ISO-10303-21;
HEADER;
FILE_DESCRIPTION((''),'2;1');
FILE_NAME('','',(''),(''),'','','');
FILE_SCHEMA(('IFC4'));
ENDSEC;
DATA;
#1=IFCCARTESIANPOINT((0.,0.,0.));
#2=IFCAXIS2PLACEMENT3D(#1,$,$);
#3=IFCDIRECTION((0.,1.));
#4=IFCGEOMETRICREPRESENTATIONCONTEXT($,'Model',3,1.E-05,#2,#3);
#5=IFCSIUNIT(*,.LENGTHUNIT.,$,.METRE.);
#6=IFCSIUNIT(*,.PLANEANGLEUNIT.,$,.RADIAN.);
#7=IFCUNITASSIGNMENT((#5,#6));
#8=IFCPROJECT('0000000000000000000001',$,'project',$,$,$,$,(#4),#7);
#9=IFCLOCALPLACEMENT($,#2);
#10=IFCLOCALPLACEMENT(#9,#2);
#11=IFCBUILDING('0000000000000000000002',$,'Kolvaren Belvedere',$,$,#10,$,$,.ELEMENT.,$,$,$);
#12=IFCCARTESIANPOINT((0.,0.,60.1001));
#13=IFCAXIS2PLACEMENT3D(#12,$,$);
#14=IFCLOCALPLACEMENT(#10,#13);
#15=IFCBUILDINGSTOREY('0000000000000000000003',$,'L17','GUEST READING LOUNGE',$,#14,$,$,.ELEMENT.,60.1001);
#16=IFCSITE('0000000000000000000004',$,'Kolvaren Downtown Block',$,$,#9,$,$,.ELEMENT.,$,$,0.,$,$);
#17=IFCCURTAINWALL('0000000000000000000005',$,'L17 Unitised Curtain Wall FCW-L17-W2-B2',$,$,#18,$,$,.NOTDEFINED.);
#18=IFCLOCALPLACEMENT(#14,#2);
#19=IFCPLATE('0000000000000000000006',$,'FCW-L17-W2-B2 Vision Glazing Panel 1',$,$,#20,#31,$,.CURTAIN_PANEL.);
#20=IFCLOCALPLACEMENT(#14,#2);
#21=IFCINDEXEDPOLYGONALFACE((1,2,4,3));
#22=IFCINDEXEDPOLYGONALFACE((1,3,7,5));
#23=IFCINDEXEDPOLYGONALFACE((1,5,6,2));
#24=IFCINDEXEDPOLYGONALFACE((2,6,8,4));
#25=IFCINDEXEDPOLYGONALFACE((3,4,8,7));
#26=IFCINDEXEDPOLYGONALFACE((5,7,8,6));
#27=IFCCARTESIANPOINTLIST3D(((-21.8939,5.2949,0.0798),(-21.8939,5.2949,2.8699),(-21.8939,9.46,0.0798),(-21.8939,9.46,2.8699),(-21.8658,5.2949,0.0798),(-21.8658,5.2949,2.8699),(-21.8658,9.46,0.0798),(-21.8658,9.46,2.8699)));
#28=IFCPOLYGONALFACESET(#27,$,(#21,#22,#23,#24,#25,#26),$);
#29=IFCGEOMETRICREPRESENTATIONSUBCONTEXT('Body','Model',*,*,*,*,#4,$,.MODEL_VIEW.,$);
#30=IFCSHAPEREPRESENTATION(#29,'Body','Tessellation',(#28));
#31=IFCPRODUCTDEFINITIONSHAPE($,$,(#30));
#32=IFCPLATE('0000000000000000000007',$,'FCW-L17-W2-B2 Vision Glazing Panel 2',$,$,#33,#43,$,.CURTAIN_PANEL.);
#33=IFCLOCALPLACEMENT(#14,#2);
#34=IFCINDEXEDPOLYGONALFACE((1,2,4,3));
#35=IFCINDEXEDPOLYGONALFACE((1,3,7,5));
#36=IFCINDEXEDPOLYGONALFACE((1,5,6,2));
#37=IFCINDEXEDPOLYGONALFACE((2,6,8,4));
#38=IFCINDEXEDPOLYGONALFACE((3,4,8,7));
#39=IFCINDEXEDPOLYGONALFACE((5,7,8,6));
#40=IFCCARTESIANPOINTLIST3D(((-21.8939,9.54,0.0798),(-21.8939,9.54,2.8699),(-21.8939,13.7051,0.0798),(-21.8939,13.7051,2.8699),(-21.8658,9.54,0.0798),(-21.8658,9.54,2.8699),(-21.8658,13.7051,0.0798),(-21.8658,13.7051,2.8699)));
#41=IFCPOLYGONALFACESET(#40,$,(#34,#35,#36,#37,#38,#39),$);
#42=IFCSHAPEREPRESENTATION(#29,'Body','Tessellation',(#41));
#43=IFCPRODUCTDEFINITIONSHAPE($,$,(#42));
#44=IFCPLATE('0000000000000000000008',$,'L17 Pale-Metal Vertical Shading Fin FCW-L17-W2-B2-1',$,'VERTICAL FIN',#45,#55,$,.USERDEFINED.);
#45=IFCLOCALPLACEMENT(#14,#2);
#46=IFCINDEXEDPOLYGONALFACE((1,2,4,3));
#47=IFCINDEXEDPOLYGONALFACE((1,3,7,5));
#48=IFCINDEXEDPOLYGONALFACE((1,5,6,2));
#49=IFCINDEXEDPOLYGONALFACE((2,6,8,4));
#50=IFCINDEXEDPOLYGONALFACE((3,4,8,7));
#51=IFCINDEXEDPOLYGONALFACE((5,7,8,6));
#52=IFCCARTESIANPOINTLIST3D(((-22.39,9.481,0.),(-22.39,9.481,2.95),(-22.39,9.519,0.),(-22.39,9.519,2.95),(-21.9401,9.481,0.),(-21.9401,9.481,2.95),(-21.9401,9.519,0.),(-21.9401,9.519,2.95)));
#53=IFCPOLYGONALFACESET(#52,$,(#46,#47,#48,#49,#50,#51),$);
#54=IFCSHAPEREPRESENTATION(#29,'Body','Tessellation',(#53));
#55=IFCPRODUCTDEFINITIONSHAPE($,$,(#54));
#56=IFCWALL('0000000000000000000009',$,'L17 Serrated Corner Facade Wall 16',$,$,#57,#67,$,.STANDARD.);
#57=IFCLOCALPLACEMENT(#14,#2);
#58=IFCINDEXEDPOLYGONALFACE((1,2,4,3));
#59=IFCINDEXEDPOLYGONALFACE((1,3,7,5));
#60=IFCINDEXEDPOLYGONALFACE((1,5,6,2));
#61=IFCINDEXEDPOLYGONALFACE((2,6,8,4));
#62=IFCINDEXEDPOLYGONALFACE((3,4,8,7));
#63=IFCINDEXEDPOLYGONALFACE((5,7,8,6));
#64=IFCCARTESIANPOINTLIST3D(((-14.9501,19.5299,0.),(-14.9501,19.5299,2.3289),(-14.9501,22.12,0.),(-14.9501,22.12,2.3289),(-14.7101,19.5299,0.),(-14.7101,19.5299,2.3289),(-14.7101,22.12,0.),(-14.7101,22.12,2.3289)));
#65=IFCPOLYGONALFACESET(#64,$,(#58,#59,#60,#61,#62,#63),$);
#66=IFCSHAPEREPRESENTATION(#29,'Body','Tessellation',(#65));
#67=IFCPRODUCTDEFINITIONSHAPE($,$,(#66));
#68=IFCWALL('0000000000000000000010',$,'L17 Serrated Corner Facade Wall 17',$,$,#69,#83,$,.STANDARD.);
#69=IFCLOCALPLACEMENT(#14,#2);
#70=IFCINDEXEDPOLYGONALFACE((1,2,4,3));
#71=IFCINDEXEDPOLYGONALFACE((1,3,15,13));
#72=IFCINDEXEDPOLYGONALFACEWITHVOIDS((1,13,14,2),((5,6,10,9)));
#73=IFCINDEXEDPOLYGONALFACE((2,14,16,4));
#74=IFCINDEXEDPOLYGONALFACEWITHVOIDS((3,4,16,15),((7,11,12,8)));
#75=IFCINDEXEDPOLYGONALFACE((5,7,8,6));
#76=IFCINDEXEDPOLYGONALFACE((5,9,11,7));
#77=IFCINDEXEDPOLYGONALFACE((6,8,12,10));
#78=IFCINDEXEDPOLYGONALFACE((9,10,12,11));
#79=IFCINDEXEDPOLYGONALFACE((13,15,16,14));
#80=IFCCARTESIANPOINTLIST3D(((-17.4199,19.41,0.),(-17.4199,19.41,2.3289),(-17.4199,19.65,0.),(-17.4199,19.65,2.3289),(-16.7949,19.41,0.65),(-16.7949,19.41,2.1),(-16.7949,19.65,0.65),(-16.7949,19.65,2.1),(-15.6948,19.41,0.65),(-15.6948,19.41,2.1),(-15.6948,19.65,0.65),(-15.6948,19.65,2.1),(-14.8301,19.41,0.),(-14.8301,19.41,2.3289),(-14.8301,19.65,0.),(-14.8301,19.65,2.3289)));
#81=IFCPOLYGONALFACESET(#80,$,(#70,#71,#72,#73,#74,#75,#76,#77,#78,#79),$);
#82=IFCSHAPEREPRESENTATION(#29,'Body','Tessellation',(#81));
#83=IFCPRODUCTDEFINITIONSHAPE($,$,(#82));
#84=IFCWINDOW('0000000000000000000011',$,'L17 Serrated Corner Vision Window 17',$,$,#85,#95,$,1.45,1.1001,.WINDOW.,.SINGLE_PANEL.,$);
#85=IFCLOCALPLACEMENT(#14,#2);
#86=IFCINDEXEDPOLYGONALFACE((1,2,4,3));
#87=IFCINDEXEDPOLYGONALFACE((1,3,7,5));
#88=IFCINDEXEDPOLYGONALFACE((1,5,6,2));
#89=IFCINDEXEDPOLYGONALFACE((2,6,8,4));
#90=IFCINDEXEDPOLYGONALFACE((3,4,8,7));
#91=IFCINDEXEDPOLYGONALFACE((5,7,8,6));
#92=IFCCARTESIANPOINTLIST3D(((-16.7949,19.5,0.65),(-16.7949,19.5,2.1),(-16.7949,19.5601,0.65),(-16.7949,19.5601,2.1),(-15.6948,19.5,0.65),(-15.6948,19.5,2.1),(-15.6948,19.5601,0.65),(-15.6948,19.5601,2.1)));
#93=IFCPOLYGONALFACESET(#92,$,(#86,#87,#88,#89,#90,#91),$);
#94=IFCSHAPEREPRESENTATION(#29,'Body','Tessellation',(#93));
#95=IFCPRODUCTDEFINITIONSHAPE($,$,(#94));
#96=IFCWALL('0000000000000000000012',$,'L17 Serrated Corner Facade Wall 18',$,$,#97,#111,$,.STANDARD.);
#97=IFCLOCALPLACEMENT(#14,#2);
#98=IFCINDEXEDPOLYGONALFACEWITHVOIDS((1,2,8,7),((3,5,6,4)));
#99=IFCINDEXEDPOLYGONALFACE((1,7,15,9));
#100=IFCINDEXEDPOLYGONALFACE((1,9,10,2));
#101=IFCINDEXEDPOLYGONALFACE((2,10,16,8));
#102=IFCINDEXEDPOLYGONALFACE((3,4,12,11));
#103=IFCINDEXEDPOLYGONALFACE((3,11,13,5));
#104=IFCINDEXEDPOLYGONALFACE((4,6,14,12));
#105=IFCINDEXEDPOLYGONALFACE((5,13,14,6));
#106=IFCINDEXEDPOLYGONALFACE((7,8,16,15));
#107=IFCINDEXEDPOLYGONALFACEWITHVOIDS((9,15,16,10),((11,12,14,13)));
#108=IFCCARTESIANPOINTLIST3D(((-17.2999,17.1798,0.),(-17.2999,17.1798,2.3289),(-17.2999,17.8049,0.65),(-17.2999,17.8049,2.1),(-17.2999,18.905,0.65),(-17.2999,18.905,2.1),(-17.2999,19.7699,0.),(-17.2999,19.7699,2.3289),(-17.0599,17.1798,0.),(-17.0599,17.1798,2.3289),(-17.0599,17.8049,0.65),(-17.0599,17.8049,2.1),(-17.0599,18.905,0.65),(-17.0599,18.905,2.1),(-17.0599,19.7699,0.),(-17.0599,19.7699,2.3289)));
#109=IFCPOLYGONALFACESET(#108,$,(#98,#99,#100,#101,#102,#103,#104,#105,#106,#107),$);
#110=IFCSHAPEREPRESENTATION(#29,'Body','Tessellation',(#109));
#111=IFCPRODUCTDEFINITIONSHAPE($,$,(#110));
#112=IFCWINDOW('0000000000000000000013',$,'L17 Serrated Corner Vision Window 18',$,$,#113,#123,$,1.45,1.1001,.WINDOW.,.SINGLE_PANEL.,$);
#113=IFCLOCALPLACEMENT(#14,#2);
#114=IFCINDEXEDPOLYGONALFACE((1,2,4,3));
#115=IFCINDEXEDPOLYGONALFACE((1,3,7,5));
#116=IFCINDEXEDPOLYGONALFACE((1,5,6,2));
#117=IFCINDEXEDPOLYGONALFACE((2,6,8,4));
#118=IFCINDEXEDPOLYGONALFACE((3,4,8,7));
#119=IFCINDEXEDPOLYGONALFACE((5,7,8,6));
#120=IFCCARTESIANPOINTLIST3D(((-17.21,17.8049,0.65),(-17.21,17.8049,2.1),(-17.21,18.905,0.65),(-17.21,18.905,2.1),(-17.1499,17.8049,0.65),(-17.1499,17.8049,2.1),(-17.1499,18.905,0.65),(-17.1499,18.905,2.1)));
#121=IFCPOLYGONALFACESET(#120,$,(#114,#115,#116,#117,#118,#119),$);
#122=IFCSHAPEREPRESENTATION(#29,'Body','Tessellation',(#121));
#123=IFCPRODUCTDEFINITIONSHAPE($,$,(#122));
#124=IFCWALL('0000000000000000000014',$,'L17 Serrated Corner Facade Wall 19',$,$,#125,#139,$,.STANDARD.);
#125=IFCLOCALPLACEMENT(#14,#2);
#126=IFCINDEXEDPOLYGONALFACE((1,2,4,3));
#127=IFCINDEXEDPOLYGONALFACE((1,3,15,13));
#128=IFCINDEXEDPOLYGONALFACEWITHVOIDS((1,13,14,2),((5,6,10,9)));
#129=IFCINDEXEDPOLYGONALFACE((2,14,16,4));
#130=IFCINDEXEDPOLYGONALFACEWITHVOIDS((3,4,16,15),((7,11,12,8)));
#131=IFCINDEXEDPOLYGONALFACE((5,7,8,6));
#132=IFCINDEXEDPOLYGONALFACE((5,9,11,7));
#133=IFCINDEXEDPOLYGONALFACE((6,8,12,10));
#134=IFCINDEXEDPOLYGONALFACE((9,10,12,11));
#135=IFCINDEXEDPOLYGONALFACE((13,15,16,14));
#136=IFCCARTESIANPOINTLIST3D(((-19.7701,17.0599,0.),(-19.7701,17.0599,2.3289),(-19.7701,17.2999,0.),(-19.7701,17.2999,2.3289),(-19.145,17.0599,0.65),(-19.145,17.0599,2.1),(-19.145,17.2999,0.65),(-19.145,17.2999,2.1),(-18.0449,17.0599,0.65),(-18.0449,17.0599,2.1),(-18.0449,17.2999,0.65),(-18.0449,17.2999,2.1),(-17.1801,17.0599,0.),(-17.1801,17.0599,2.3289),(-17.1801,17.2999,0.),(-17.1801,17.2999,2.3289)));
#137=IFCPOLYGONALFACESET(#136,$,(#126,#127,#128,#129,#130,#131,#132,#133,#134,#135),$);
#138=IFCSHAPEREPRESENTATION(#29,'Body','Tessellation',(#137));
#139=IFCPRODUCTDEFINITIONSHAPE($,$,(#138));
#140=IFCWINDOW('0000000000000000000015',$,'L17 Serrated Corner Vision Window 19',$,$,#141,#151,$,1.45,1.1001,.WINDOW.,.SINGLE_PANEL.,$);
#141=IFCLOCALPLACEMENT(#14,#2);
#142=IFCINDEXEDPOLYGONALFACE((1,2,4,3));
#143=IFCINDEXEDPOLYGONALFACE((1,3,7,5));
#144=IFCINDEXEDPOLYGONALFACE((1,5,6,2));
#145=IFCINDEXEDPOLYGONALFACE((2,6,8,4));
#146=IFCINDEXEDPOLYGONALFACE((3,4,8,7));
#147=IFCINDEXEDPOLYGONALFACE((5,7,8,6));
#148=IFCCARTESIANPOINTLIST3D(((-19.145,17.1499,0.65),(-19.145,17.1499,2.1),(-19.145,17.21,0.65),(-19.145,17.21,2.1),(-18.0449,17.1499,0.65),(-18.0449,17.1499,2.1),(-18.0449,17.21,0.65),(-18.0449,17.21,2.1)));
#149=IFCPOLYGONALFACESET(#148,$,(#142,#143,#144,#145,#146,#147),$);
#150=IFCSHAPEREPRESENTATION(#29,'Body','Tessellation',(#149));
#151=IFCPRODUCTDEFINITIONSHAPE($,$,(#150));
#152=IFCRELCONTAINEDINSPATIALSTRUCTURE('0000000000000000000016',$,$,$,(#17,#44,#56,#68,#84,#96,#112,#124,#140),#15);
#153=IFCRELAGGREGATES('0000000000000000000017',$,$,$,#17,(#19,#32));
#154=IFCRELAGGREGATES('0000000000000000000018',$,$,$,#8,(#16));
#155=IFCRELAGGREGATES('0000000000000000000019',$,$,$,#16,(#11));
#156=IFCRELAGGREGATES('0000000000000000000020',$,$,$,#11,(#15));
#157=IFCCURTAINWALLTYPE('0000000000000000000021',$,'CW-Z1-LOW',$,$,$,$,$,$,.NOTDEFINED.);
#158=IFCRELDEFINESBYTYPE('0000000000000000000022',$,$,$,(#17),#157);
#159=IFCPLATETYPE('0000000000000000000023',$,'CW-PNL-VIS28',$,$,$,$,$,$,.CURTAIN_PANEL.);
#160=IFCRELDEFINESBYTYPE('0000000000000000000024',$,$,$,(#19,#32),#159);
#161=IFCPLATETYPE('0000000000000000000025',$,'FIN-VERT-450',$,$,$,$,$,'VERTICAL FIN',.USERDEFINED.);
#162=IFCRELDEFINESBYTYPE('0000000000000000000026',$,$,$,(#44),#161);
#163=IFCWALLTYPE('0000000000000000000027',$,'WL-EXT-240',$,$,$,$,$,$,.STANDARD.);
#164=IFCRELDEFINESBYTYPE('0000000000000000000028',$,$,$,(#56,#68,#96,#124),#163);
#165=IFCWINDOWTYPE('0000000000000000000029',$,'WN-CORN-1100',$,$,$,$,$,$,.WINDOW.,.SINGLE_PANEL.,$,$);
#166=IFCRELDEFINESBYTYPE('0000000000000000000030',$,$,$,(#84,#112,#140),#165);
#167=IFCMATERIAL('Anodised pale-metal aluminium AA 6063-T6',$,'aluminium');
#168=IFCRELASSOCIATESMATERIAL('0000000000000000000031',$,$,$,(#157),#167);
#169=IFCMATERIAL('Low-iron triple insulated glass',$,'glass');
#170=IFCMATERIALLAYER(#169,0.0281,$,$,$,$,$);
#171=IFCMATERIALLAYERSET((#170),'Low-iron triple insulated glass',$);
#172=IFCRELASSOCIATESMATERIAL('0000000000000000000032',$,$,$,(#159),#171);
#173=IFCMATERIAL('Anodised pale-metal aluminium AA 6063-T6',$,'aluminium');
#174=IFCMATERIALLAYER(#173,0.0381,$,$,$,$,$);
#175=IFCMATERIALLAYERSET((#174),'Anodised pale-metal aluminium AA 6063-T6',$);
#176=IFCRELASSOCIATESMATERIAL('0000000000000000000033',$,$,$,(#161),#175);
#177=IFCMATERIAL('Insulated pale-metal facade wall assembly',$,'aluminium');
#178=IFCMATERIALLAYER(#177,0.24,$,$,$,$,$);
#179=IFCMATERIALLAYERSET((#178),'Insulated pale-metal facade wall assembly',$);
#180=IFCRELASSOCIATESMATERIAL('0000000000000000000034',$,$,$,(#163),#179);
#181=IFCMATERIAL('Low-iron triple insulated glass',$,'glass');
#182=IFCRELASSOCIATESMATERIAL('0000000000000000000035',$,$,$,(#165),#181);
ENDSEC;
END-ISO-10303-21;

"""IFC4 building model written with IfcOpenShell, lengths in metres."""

from ifc_helpers import new_model, si_unit, direction, frame, frame_2d, origin, origin_2d, place, context, subcontext, project, spatial, rectangle, extrude, material, layer, layer_set, type_object, element, fill, aggregate, save


model = new_model("IFC4")

# Units and contexts
model_context = context("Model", 3, precision=1e-05, world=origin(), true_north=direction((0.0, 1.0)))
body_context = subcontext(model_context, "Body", "Model", "MODEL_VIEW")
ifc_project = project(units=[si_unit("LENGTHUNIT", "METRE"), si_unit("PLANEANGLEUNIT", "RADIAN")], contexts=[model_context])

# Site, building, storey
site_placement = place(None, origin())
site = spatial("IfcSite", under=ifc_project, at=site_placement, Name="Kolvaren Downtown Block", CompositionType="ELEMENT", RefElevation=0.0)
building_placement = place(site_placement, origin())
building = spatial("IfcBuilding", under=site, at=building_placement, Name="Kolvaren Belvedere", CompositionType="ELEMENT")
storey_placement = place(building_placement, frame((0.0, 0.0, 60.1001)))
storey = spatial("IfcBuildingStorey", under=building, at=storey_placement, Name="L17", Description="GUEST READING LOUNGE", CompositionType="ELEMENT", Elevation=60.1001)

# Shared definitions
ifc_material_1 = material(Name="Anodised pale-metal aluminium AA 6063-T6", Category="aluminium")
curtain_wall_type = type_object("IfcCurtainWallType", Name="CW-Z1-LOW", PredefinedType="NOTDEFINED", material=ifc_material_1)

# Curtain wall
curtain_wall_1_placement = place(storey_placement, origin())
curtain_wall_1 = element("IfcCurtainWall", 1, at=curtain_wall_1_placement, inside=storey, type_object=curtain_wall_type, Name="L17 Unitised Curtain Wall FCW-L17-W2-B2", PredefinedType="NOTDEFINED")

# Plates
ifc_material_2 = material(Name="Low-iron triple insulated glass", Category="glass")
ifc_layer_1 = layer(ifc_material_2, 0.0281)
ifc_layer_set_1 = layer_set([ifc_layer_1], Name="Low-iron triple insulated glass")
plate_type_1 = type_object("IfcPlateType", Name="CW-PNL-VIS28", PredefinedType="CURTAIN_PANEL", material=ifc_layer_set_1)
plate_1_placement = place(storey_placement, frame((-21.8799, 7.3774, 0.0798), z_axis=(0.0, 0.0, 1.0), x_axis=(0.0, 1.0, 0.0)))
plate_1 = element("IfcPlate", 2, at=plate_1_placement, type_object=plate_type_1, Name="FCW-L17-W2-B2 Vision Glazing Panel 1", PredefinedType="CURTAIN_PANEL", context=body_context, shape_type="SweptSolid", body=[
    extrude(rectangle(XDim=4.165, YDim=0.0281, at=origin_2d()), origin(), (0.0, 0.0, 1.0), 2.79),
])
plate_2_placement = place(storey_placement, frame((-21.8799, 11.6226, 0.0798), z_axis=(0.0, 0.0, 1.0), x_axis=(0.0, 1.0, 0.0)))
plate_2 = element("IfcPlate", 3, at=plate_2_placement, type_object=plate_type_1, Name="FCW-L17-W2-B2 Vision Glazing Panel 2", PredefinedType="CURTAIN_PANEL", context=body_context, shape_type="SweptSolid", body=[
    extrude(rectangle(XDim=4.165, YDim=0.0281, at=origin_2d()), origin(), (0.0, 0.0, 1.0), 2.79),
])
aggregate(curtain_wall_1, [plate_1, plate_2])
ifc_material_3 = material(Name="Anodised pale-metal aluminium AA 6063-T6", Category="aluminium")
ifc_layer_2 = layer(ifc_material_3, 0.0381)
ifc_layer_set_2 = layer_set([ifc_layer_2], Name="Anodised pale-metal aluminium AA 6063-T6")
plate_type_2 = type_object("IfcPlateType", Name="FIN-VERT-450", ElementType="VERTICAL FIN", PredefinedType="USERDEFINED", material=ifc_layer_set_2)
plate_3_placement = place(storey_placement, frame((-22.165, 9.5, 0.0), z_axis=(0.0, 0.0, 1.0), x_axis=(1.0, 0.0, 0.0)))
element("IfcPlate", 4, at=plate_3_placement, inside=storey, type_object=plate_type_2, Name="L17 Pale-Metal Vertical Shading Fin FCW-L17-W2-B2-1", ObjectType="VERTICAL FIN", PredefinedType="USERDEFINED", context=body_context, shape_type="SweptSolid", body=[
    extrude(rectangle(XDim=0.45, YDim=0.0381, at=origin_2d()), origin(), (0.0, 0.0, 1.0), 2.95),
])

# Wall
ifc_material_4 = material(Name="Insulated pale-metal facade wall assembly", Category="aluminium")
ifc_layer_3 = layer(ifc_material_4, 0.24)
ifc_layer_set_3 = layer_set([ifc_layer_3], Name="Insulated pale-metal facade wall assembly")
wall_type_1 = type_object("IfcWallType", Name="WL-EXT-240", PredefinedType="STANDARD", material=ifc_layer_set_3)
wall_1_placement = place(storey_placement, frame((-14.8301, 19.53, 0.0), z_axis=(0.0, 0.0, 1.0), x_axis=(0.0, 1.0, 0.0)))
element("IfcWall", 5, at=wall_1_placement, inside=storey, type_object=wall_type_1, Name="L17 Serrated Corner Facade Wall 16", PredefinedType="STANDARD", context=body_context, shape_type="SweptSolid", body=[
    extrude(rectangle(XDim=2.5901, YDim=0.24, at=frame_2d((1.2949, 0.0))), origin(), (0.0, 0.0, 1.0), 2.3289),
])

# Walls, openings, windows
wall_2_placement = place(storey_placement, frame((-17.4199, 19.53, 0.0), z_axis=(0.0, 0.0, 1.0), x_axis=(1.0, 0.0, 0.0)))
wall_2 = element("IfcWall", 6, at=wall_2_placement, inside=storey, type_object=wall_type_1, Name="L17 Serrated Corner Facade Wall 17", PredefinedType="STANDARD", context=body_context, shape_type="SweptSolid", body=[
    extrude(rectangle(XDim=2.5898, YDim=0.24, at=frame_2d((1.2949, 0.0))), origin(), (0.0, 0.0, 1.0), 2.3289),
])
opening_1_placement = place(wall_2_placement, frame((0.625, 0.0, 0.6499)))
opening_1 = element("IfcOpeningElement", 7, at=opening_1_placement, cuts=wall_2, PredefinedType="OPENING", context=body_context, shape_type="SweptSolid", body=[
    extrude(rectangle(XDim=1.1001, YDim=1.45, at=frame_2d((0.55, 0.7251))), frame((0.0, 0.1299, 0.0), z_axis=(0.0, -1.0, 0.0), x_axis=(1.0, 0.0, 0.0)), (0.0, 0.0, 1.0), 0.26),
])
ifc_material_5 = material(Name="Low-iron triple insulated glass", Category="glass")
window_type = type_object("IfcWindowType", Name="WN-CORN-1100", PartitioningType="SINGLE_PANEL", PredefinedType="WINDOW", material=ifc_material_5)
window_1_placement = place(opening_1_placement, origin())
window_1 = element("IfcWindow", 8, at=window_1_placement, inside=storey, type_object=window_type, Name="L17 Serrated Corner Vision Window 17", OverallHeight=1.45, OverallWidth=1.1001, PartitioningType="SINGLE_PANEL", PredefinedType="WINDOW", context=body_context, shape_type="SweptSolid", body=[
    extrude(rectangle(XDim=1.1001, YDim=1.45, at=frame_2d((0.55, 0.7251))), frame((0.0, 0.03, 0.0), z_axis=(0.0, -1.0, 0.0), x_axis=(1.0, 0.0, 0.0)), (0.0, 0.0, 1.0), 0.0601),
])
fill(opening_1, window_1)
wall_3_placement = place(storey_placement, frame((-17.1799, 17.1799, 0.0), z_axis=(0.0, 0.0, 1.0), x_axis=(0.0, 1.0, 0.0)))
wall_3 = element("IfcWall", 9, at=wall_3_placement, inside=storey, type_object=wall_type_1, Name="L17 Serrated Corner Facade Wall 18", PredefinedType="STANDARD", context=body_context, shape_type="SweptSolid", body=[
    extrude(rectangle(XDim=2.5901, YDim=0.24, at=frame_2d((1.2949, 0.0))), origin(), (0.0, 0.0, 1.0), 2.3289),
])
opening_2_placement = place(wall_3_placement, frame((0.625, 0.0, 0.6499)))
opening_2 = element("IfcOpeningElement", 10, at=opening_2_placement, cuts=wall_3, PredefinedType="OPENING", context=body_context, shape_type="SweptSolid", body=[
    extrude(rectangle(XDim=1.1001, YDim=1.45, at=frame_2d((0.55, 0.7251))), frame((0.0, 0.1299, 0.0), z_axis=(0.0, -1.0, 0.0), x_axis=(1.0, 0.0, 0.0)), (0.0, 0.0, 1.0), 0.26),
])
window_2_placement = place(opening_2_placement, origin())
window_2 = element("IfcWindow", 11, at=window_2_placement, inside=storey, type_object=window_type, Name="L17 Serrated Corner Vision Window 18", OverallHeight=1.45, OverallWidth=1.1001, PartitioningType="SINGLE_PANEL", PredefinedType="WINDOW", context=body_context, shape_type="SweptSolid", body=[
    extrude(rectangle(XDim=1.1001, YDim=1.45, at=frame_2d((0.55, 0.7251))), frame((0.0, 0.03, 0.0), z_axis=(0.0, -1.0, 0.0), x_axis=(1.0, 0.0, 0.0)), (0.0, 0.0, 1.0), 0.0601),
])
fill(opening_2, window_2)
wall_4_placement = place(storey_placement, frame((-19.77, 17.1799, 0.0), z_axis=(0.0, 0.0, 1.0), x_axis=(1.0, 0.0, 0.0)))
wall_4 = element("IfcWall", 12, at=wall_4_placement, inside=storey, type_object=wall_type_1, Name="L17 Serrated Corner Facade Wall 19", PredefinedType="STANDARD", context=body_context, shape_type="SweptSolid", body=[
    extrude(rectangle(XDim=2.5901, YDim=0.24, at=frame_2d((1.2949, 0.0))), origin(), (0.0, 0.0, 1.0), 2.3289),
])
opening_3_placement = place(wall_4_placement, frame((0.625, 0.0, 0.6499)))
opening_3 = element("IfcOpeningElement", 13, at=opening_3_placement, cuts=wall_4, PredefinedType="OPENING", context=body_context, shape_type="SweptSolid", body=[
    extrude(rectangle(XDim=1.1001, YDim=1.45, at=frame_2d((0.55, 0.7251))), frame((0.0, 0.1299, 0.0), z_axis=(0.0, -1.0, 0.0), x_axis=(1.0, 0.0, 0.0)), (0.0, 0.0, 1.0), 0.26),
])
window_3_placement = place(opening_3_placement, origin())
window_3 = element("IfcWindow", 14, at=window_3_placement, inside=storey, type_object=window_type, Name="L17 Serrated Corner Vision Window 19", OverallHeight=1.45, OverallWidth=1.1001, PartitioningType="SINGLE_PANEL", PredefinedType="WINDOW", context=body_context, shape_type="SweptSolid", body=[
    extrude(rectangle(XDim=1.1001, YDim=1.45, at=frame_2d((0.55, 0.7251))), frame((0.0, 0.03, 0.0), z_axis=(0.0, -1.0, 0.0), x_axis=(1.0, 0.0, 0.0)), (0.0, 0.0, 1.0), 0.0601),
])
fill(opening_3, window_3)

save(model, "model.ifc")
